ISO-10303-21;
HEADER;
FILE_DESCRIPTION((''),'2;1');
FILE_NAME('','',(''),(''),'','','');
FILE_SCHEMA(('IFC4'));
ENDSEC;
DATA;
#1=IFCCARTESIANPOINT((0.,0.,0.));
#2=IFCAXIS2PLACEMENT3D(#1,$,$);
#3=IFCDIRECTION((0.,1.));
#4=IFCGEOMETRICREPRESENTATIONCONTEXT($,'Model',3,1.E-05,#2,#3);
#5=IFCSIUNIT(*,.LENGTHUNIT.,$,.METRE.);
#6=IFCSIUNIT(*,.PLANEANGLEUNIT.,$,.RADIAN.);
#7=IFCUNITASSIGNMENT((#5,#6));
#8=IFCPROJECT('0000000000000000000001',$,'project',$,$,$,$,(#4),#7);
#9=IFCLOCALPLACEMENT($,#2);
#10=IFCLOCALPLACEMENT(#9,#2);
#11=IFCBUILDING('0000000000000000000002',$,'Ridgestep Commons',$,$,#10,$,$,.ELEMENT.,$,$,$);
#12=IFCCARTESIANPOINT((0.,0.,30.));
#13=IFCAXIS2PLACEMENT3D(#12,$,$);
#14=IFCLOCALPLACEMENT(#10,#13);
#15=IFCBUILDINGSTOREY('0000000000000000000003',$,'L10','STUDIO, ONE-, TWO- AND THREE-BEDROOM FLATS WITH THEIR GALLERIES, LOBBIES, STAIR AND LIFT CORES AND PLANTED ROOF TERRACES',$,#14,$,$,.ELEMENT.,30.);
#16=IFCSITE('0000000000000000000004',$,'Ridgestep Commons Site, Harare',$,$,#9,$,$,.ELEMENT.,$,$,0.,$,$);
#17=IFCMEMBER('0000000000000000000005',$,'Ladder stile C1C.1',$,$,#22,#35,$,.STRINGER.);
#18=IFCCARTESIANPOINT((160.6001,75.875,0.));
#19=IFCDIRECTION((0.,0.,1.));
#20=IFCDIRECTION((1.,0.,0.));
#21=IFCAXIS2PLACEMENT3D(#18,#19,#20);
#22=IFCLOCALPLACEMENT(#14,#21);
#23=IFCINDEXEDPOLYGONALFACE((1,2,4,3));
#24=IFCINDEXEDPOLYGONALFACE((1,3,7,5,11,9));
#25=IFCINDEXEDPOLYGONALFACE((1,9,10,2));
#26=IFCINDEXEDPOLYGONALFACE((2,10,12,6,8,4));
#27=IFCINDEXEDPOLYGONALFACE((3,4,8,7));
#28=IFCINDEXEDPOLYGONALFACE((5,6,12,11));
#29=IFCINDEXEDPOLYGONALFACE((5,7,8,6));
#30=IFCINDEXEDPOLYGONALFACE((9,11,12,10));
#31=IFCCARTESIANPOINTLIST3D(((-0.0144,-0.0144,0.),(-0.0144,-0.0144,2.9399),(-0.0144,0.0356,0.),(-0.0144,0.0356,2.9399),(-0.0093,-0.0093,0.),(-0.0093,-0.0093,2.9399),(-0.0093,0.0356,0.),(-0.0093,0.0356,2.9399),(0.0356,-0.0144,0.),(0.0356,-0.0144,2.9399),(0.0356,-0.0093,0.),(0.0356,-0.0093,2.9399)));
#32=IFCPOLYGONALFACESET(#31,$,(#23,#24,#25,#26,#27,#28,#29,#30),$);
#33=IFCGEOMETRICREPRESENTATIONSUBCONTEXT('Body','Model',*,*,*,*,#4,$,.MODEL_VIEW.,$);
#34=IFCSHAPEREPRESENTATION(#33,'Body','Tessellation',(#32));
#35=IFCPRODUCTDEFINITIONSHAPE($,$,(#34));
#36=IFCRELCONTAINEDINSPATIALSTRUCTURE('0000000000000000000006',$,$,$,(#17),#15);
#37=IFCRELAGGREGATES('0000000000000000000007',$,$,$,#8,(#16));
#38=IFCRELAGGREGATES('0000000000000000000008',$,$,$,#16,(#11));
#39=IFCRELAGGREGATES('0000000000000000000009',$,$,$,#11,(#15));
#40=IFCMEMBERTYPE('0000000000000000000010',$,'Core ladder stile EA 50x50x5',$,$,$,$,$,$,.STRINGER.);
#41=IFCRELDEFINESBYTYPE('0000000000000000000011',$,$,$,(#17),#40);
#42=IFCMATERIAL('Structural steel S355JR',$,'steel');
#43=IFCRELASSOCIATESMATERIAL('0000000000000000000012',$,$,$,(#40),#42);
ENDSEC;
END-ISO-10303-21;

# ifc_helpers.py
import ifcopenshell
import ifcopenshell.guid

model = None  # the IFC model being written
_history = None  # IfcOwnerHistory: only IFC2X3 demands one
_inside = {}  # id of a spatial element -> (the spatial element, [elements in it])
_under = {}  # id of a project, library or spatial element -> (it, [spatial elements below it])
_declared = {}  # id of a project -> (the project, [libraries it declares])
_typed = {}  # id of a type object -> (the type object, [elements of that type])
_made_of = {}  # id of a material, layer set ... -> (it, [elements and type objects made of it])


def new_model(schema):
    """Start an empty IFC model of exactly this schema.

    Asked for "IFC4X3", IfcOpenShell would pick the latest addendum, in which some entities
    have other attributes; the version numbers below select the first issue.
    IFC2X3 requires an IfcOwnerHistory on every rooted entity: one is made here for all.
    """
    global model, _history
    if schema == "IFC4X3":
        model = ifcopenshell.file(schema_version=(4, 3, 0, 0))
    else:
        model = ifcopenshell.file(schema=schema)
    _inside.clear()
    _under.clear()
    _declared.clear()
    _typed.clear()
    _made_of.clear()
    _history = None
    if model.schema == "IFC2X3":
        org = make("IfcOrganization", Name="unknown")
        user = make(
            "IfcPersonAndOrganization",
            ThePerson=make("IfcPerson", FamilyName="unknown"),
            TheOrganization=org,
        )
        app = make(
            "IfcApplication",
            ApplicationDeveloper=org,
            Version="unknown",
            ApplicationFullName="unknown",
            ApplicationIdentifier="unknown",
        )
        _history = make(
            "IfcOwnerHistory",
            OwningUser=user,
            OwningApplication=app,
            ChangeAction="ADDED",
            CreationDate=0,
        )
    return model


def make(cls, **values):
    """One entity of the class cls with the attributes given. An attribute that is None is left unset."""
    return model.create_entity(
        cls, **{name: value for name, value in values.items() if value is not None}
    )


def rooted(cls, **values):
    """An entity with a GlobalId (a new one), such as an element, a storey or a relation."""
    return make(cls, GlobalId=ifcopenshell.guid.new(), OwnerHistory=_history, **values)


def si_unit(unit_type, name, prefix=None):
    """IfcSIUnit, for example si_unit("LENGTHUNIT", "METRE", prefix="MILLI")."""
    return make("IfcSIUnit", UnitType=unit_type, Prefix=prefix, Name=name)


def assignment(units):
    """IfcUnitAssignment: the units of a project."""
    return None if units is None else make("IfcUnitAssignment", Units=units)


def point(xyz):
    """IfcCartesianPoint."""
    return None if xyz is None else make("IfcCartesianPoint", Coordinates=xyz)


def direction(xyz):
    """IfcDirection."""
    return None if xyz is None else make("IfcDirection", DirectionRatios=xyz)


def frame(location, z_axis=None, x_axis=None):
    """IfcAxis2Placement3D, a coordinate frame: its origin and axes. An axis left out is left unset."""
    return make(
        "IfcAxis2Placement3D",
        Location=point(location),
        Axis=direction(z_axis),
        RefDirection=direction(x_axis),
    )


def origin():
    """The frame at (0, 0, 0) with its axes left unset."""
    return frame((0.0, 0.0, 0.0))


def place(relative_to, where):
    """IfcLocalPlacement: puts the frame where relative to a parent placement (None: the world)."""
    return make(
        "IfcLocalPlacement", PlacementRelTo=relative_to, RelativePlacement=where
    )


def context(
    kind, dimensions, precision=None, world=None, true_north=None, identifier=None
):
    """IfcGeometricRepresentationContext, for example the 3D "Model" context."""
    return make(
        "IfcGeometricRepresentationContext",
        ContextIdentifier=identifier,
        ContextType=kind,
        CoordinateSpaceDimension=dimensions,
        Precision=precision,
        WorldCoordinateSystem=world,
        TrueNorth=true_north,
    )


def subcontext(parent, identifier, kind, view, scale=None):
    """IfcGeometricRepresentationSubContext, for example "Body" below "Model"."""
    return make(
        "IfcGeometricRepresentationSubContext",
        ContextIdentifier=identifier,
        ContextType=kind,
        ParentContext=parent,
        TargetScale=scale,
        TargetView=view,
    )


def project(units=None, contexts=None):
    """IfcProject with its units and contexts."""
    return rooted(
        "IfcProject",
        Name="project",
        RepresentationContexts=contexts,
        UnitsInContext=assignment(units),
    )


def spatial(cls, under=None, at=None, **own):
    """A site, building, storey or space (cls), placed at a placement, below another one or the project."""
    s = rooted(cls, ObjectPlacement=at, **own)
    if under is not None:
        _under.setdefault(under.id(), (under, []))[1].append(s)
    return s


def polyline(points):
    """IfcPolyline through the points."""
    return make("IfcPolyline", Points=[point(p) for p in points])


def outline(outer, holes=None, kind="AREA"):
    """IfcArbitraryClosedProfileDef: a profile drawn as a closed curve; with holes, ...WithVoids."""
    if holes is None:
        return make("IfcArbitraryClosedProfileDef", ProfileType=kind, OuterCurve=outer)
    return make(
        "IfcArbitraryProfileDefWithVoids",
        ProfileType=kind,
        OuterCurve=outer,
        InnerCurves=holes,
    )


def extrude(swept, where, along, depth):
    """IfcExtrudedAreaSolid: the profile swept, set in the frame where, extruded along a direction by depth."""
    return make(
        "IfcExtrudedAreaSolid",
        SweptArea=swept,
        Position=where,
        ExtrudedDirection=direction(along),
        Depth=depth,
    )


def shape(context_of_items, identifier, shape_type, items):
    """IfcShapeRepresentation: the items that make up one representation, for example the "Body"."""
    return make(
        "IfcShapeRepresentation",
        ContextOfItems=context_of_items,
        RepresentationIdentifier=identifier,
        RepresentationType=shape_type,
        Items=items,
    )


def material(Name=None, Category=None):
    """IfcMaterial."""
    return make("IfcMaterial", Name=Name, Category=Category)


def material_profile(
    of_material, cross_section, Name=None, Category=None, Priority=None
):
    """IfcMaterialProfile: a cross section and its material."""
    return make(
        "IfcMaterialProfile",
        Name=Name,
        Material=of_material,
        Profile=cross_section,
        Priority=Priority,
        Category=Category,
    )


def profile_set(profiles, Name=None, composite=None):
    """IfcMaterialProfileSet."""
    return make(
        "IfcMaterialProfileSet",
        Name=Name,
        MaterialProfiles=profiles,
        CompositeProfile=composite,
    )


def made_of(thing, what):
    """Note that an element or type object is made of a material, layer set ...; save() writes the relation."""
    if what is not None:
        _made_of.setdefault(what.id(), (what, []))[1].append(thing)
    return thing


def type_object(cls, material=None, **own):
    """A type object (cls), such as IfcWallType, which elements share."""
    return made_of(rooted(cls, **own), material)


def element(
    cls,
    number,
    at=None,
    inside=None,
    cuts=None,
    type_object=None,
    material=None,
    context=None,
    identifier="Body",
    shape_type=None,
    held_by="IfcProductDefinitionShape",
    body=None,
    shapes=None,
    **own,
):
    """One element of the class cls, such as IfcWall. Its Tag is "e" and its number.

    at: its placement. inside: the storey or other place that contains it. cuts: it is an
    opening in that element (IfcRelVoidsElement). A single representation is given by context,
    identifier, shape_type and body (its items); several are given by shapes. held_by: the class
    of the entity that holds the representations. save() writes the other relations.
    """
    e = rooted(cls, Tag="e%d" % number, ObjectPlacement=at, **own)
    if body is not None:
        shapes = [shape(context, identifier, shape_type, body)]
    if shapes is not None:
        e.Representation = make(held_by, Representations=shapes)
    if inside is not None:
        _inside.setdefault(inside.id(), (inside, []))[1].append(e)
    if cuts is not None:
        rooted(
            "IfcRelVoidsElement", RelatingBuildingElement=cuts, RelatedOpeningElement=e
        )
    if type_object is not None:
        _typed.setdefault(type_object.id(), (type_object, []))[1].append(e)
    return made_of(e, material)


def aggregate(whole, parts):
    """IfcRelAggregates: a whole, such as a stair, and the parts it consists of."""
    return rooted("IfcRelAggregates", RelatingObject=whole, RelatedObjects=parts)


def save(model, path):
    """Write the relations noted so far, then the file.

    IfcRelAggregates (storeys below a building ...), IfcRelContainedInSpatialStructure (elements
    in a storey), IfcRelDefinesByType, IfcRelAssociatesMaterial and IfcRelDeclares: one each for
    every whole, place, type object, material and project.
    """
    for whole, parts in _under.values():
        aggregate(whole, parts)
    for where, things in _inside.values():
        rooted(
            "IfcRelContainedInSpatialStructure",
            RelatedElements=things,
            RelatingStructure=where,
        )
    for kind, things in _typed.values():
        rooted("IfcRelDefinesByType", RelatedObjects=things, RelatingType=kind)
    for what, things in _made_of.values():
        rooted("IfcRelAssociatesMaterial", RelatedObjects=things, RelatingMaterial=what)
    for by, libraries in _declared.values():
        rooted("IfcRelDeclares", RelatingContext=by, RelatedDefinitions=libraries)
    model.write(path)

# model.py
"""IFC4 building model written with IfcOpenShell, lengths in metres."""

from ifc_helpers import new_model, si_unit, direction, frame, origin, place, context, subcontext, project, spatial, polyline, outline, extrude, material, material_profile, profile_set, type_object, element, save


model = new_model("IFC4")

# Units and contexts
model_context = context("Model", 3, precision=1e-05, world=origin(), true_north=direction((0.0, 1.0)))
body_context = subcontext(model_context, "Body", "Model", "MODEL_VIEW")
ifc_project = project(units=[si_unit("LENGTHUNIT", "METRE"), si_unit("PLANEANGLEUNIT", "RADIAN")], contexts=[model_context])

# Site, building, storey
site_placement = place(None, origin())
site = spatial("IfcSite", under=ifc_project, at=site_placement, Name="Ridgestep Commons Site, Harare", CompositionType="ELEMENT", RefElevation=0.0)
building_placement = place(site_placement, origin())
building = spatial("IfcBuilding", under=site, at=building_placement, Name="Ridgestep Commons", CompositionType="ELEMENT")
storey_placement = place(building_placement, frame((0.0, 0.0, 30.0)))
storey = spatial("IfcBuildingStorey", under=building, at=storey_placement, Name="L10", Description="STUDIO, ONE-, TWO- AND THREE-BEDROOM FLATS WITH THEIR GALLERIES, LOBBIES, STAIR AND LIFT CORES AND PLANTED ROOF TERRACES", CompositionType="ELEMENT", Elevation=30.0)

# Member
ifc_material_1 = material(Name="Structural steel S355JR", Category="steel")
ifc_material_profile_1 = material_profile(ifc_material_1, outline(polyline([(-0.0144, -0.0144), (0.0356, -0.0144), (0.0356, -0.0093), (-0.0093, -0.0093), (-0.0093, 0.0356), (-0.0144, 0.0356), (-0.0144, -0.0144)])), Name="EA 50x50x5")
ifc_profile_set_1 = profile_set([ifc_material_profile_1], Name="Structural steel S355JR")
member_type_1 = type_object("IfcMemberType", Name="Core ladder stile EA 50x50x5", PredefinedType="STRINGER", material=ifc_profile_set_1)
member_1_placement = place(storey_placement, frame((160.6001, 75.875, 0.0), z_axis=(0.0, 0.0, 1.0), x_axis=(1.0, 0.0, 0.0)))
element("IfcMember", 1, at=member_1_placement, inside=storey, type_object=member_type_1, Name="Ladder stile C1C.1", PredefinedType="STRINGER", context=body_context, shape_type="SweptSolid", body=[
    extrude(outline(polyline([(-0.0144, -0.0144), (0.0356, -0.0144), (0.0356, -0.0093), (-0.0093, -0.0093), (-0.0093, 0.0356), (-0.0144, 0.0356), (-0.0144, -0.0144)])), origin(), (0.0, 0.0, 1.0), 2.9399),
])

save(model, "model.ifc")
